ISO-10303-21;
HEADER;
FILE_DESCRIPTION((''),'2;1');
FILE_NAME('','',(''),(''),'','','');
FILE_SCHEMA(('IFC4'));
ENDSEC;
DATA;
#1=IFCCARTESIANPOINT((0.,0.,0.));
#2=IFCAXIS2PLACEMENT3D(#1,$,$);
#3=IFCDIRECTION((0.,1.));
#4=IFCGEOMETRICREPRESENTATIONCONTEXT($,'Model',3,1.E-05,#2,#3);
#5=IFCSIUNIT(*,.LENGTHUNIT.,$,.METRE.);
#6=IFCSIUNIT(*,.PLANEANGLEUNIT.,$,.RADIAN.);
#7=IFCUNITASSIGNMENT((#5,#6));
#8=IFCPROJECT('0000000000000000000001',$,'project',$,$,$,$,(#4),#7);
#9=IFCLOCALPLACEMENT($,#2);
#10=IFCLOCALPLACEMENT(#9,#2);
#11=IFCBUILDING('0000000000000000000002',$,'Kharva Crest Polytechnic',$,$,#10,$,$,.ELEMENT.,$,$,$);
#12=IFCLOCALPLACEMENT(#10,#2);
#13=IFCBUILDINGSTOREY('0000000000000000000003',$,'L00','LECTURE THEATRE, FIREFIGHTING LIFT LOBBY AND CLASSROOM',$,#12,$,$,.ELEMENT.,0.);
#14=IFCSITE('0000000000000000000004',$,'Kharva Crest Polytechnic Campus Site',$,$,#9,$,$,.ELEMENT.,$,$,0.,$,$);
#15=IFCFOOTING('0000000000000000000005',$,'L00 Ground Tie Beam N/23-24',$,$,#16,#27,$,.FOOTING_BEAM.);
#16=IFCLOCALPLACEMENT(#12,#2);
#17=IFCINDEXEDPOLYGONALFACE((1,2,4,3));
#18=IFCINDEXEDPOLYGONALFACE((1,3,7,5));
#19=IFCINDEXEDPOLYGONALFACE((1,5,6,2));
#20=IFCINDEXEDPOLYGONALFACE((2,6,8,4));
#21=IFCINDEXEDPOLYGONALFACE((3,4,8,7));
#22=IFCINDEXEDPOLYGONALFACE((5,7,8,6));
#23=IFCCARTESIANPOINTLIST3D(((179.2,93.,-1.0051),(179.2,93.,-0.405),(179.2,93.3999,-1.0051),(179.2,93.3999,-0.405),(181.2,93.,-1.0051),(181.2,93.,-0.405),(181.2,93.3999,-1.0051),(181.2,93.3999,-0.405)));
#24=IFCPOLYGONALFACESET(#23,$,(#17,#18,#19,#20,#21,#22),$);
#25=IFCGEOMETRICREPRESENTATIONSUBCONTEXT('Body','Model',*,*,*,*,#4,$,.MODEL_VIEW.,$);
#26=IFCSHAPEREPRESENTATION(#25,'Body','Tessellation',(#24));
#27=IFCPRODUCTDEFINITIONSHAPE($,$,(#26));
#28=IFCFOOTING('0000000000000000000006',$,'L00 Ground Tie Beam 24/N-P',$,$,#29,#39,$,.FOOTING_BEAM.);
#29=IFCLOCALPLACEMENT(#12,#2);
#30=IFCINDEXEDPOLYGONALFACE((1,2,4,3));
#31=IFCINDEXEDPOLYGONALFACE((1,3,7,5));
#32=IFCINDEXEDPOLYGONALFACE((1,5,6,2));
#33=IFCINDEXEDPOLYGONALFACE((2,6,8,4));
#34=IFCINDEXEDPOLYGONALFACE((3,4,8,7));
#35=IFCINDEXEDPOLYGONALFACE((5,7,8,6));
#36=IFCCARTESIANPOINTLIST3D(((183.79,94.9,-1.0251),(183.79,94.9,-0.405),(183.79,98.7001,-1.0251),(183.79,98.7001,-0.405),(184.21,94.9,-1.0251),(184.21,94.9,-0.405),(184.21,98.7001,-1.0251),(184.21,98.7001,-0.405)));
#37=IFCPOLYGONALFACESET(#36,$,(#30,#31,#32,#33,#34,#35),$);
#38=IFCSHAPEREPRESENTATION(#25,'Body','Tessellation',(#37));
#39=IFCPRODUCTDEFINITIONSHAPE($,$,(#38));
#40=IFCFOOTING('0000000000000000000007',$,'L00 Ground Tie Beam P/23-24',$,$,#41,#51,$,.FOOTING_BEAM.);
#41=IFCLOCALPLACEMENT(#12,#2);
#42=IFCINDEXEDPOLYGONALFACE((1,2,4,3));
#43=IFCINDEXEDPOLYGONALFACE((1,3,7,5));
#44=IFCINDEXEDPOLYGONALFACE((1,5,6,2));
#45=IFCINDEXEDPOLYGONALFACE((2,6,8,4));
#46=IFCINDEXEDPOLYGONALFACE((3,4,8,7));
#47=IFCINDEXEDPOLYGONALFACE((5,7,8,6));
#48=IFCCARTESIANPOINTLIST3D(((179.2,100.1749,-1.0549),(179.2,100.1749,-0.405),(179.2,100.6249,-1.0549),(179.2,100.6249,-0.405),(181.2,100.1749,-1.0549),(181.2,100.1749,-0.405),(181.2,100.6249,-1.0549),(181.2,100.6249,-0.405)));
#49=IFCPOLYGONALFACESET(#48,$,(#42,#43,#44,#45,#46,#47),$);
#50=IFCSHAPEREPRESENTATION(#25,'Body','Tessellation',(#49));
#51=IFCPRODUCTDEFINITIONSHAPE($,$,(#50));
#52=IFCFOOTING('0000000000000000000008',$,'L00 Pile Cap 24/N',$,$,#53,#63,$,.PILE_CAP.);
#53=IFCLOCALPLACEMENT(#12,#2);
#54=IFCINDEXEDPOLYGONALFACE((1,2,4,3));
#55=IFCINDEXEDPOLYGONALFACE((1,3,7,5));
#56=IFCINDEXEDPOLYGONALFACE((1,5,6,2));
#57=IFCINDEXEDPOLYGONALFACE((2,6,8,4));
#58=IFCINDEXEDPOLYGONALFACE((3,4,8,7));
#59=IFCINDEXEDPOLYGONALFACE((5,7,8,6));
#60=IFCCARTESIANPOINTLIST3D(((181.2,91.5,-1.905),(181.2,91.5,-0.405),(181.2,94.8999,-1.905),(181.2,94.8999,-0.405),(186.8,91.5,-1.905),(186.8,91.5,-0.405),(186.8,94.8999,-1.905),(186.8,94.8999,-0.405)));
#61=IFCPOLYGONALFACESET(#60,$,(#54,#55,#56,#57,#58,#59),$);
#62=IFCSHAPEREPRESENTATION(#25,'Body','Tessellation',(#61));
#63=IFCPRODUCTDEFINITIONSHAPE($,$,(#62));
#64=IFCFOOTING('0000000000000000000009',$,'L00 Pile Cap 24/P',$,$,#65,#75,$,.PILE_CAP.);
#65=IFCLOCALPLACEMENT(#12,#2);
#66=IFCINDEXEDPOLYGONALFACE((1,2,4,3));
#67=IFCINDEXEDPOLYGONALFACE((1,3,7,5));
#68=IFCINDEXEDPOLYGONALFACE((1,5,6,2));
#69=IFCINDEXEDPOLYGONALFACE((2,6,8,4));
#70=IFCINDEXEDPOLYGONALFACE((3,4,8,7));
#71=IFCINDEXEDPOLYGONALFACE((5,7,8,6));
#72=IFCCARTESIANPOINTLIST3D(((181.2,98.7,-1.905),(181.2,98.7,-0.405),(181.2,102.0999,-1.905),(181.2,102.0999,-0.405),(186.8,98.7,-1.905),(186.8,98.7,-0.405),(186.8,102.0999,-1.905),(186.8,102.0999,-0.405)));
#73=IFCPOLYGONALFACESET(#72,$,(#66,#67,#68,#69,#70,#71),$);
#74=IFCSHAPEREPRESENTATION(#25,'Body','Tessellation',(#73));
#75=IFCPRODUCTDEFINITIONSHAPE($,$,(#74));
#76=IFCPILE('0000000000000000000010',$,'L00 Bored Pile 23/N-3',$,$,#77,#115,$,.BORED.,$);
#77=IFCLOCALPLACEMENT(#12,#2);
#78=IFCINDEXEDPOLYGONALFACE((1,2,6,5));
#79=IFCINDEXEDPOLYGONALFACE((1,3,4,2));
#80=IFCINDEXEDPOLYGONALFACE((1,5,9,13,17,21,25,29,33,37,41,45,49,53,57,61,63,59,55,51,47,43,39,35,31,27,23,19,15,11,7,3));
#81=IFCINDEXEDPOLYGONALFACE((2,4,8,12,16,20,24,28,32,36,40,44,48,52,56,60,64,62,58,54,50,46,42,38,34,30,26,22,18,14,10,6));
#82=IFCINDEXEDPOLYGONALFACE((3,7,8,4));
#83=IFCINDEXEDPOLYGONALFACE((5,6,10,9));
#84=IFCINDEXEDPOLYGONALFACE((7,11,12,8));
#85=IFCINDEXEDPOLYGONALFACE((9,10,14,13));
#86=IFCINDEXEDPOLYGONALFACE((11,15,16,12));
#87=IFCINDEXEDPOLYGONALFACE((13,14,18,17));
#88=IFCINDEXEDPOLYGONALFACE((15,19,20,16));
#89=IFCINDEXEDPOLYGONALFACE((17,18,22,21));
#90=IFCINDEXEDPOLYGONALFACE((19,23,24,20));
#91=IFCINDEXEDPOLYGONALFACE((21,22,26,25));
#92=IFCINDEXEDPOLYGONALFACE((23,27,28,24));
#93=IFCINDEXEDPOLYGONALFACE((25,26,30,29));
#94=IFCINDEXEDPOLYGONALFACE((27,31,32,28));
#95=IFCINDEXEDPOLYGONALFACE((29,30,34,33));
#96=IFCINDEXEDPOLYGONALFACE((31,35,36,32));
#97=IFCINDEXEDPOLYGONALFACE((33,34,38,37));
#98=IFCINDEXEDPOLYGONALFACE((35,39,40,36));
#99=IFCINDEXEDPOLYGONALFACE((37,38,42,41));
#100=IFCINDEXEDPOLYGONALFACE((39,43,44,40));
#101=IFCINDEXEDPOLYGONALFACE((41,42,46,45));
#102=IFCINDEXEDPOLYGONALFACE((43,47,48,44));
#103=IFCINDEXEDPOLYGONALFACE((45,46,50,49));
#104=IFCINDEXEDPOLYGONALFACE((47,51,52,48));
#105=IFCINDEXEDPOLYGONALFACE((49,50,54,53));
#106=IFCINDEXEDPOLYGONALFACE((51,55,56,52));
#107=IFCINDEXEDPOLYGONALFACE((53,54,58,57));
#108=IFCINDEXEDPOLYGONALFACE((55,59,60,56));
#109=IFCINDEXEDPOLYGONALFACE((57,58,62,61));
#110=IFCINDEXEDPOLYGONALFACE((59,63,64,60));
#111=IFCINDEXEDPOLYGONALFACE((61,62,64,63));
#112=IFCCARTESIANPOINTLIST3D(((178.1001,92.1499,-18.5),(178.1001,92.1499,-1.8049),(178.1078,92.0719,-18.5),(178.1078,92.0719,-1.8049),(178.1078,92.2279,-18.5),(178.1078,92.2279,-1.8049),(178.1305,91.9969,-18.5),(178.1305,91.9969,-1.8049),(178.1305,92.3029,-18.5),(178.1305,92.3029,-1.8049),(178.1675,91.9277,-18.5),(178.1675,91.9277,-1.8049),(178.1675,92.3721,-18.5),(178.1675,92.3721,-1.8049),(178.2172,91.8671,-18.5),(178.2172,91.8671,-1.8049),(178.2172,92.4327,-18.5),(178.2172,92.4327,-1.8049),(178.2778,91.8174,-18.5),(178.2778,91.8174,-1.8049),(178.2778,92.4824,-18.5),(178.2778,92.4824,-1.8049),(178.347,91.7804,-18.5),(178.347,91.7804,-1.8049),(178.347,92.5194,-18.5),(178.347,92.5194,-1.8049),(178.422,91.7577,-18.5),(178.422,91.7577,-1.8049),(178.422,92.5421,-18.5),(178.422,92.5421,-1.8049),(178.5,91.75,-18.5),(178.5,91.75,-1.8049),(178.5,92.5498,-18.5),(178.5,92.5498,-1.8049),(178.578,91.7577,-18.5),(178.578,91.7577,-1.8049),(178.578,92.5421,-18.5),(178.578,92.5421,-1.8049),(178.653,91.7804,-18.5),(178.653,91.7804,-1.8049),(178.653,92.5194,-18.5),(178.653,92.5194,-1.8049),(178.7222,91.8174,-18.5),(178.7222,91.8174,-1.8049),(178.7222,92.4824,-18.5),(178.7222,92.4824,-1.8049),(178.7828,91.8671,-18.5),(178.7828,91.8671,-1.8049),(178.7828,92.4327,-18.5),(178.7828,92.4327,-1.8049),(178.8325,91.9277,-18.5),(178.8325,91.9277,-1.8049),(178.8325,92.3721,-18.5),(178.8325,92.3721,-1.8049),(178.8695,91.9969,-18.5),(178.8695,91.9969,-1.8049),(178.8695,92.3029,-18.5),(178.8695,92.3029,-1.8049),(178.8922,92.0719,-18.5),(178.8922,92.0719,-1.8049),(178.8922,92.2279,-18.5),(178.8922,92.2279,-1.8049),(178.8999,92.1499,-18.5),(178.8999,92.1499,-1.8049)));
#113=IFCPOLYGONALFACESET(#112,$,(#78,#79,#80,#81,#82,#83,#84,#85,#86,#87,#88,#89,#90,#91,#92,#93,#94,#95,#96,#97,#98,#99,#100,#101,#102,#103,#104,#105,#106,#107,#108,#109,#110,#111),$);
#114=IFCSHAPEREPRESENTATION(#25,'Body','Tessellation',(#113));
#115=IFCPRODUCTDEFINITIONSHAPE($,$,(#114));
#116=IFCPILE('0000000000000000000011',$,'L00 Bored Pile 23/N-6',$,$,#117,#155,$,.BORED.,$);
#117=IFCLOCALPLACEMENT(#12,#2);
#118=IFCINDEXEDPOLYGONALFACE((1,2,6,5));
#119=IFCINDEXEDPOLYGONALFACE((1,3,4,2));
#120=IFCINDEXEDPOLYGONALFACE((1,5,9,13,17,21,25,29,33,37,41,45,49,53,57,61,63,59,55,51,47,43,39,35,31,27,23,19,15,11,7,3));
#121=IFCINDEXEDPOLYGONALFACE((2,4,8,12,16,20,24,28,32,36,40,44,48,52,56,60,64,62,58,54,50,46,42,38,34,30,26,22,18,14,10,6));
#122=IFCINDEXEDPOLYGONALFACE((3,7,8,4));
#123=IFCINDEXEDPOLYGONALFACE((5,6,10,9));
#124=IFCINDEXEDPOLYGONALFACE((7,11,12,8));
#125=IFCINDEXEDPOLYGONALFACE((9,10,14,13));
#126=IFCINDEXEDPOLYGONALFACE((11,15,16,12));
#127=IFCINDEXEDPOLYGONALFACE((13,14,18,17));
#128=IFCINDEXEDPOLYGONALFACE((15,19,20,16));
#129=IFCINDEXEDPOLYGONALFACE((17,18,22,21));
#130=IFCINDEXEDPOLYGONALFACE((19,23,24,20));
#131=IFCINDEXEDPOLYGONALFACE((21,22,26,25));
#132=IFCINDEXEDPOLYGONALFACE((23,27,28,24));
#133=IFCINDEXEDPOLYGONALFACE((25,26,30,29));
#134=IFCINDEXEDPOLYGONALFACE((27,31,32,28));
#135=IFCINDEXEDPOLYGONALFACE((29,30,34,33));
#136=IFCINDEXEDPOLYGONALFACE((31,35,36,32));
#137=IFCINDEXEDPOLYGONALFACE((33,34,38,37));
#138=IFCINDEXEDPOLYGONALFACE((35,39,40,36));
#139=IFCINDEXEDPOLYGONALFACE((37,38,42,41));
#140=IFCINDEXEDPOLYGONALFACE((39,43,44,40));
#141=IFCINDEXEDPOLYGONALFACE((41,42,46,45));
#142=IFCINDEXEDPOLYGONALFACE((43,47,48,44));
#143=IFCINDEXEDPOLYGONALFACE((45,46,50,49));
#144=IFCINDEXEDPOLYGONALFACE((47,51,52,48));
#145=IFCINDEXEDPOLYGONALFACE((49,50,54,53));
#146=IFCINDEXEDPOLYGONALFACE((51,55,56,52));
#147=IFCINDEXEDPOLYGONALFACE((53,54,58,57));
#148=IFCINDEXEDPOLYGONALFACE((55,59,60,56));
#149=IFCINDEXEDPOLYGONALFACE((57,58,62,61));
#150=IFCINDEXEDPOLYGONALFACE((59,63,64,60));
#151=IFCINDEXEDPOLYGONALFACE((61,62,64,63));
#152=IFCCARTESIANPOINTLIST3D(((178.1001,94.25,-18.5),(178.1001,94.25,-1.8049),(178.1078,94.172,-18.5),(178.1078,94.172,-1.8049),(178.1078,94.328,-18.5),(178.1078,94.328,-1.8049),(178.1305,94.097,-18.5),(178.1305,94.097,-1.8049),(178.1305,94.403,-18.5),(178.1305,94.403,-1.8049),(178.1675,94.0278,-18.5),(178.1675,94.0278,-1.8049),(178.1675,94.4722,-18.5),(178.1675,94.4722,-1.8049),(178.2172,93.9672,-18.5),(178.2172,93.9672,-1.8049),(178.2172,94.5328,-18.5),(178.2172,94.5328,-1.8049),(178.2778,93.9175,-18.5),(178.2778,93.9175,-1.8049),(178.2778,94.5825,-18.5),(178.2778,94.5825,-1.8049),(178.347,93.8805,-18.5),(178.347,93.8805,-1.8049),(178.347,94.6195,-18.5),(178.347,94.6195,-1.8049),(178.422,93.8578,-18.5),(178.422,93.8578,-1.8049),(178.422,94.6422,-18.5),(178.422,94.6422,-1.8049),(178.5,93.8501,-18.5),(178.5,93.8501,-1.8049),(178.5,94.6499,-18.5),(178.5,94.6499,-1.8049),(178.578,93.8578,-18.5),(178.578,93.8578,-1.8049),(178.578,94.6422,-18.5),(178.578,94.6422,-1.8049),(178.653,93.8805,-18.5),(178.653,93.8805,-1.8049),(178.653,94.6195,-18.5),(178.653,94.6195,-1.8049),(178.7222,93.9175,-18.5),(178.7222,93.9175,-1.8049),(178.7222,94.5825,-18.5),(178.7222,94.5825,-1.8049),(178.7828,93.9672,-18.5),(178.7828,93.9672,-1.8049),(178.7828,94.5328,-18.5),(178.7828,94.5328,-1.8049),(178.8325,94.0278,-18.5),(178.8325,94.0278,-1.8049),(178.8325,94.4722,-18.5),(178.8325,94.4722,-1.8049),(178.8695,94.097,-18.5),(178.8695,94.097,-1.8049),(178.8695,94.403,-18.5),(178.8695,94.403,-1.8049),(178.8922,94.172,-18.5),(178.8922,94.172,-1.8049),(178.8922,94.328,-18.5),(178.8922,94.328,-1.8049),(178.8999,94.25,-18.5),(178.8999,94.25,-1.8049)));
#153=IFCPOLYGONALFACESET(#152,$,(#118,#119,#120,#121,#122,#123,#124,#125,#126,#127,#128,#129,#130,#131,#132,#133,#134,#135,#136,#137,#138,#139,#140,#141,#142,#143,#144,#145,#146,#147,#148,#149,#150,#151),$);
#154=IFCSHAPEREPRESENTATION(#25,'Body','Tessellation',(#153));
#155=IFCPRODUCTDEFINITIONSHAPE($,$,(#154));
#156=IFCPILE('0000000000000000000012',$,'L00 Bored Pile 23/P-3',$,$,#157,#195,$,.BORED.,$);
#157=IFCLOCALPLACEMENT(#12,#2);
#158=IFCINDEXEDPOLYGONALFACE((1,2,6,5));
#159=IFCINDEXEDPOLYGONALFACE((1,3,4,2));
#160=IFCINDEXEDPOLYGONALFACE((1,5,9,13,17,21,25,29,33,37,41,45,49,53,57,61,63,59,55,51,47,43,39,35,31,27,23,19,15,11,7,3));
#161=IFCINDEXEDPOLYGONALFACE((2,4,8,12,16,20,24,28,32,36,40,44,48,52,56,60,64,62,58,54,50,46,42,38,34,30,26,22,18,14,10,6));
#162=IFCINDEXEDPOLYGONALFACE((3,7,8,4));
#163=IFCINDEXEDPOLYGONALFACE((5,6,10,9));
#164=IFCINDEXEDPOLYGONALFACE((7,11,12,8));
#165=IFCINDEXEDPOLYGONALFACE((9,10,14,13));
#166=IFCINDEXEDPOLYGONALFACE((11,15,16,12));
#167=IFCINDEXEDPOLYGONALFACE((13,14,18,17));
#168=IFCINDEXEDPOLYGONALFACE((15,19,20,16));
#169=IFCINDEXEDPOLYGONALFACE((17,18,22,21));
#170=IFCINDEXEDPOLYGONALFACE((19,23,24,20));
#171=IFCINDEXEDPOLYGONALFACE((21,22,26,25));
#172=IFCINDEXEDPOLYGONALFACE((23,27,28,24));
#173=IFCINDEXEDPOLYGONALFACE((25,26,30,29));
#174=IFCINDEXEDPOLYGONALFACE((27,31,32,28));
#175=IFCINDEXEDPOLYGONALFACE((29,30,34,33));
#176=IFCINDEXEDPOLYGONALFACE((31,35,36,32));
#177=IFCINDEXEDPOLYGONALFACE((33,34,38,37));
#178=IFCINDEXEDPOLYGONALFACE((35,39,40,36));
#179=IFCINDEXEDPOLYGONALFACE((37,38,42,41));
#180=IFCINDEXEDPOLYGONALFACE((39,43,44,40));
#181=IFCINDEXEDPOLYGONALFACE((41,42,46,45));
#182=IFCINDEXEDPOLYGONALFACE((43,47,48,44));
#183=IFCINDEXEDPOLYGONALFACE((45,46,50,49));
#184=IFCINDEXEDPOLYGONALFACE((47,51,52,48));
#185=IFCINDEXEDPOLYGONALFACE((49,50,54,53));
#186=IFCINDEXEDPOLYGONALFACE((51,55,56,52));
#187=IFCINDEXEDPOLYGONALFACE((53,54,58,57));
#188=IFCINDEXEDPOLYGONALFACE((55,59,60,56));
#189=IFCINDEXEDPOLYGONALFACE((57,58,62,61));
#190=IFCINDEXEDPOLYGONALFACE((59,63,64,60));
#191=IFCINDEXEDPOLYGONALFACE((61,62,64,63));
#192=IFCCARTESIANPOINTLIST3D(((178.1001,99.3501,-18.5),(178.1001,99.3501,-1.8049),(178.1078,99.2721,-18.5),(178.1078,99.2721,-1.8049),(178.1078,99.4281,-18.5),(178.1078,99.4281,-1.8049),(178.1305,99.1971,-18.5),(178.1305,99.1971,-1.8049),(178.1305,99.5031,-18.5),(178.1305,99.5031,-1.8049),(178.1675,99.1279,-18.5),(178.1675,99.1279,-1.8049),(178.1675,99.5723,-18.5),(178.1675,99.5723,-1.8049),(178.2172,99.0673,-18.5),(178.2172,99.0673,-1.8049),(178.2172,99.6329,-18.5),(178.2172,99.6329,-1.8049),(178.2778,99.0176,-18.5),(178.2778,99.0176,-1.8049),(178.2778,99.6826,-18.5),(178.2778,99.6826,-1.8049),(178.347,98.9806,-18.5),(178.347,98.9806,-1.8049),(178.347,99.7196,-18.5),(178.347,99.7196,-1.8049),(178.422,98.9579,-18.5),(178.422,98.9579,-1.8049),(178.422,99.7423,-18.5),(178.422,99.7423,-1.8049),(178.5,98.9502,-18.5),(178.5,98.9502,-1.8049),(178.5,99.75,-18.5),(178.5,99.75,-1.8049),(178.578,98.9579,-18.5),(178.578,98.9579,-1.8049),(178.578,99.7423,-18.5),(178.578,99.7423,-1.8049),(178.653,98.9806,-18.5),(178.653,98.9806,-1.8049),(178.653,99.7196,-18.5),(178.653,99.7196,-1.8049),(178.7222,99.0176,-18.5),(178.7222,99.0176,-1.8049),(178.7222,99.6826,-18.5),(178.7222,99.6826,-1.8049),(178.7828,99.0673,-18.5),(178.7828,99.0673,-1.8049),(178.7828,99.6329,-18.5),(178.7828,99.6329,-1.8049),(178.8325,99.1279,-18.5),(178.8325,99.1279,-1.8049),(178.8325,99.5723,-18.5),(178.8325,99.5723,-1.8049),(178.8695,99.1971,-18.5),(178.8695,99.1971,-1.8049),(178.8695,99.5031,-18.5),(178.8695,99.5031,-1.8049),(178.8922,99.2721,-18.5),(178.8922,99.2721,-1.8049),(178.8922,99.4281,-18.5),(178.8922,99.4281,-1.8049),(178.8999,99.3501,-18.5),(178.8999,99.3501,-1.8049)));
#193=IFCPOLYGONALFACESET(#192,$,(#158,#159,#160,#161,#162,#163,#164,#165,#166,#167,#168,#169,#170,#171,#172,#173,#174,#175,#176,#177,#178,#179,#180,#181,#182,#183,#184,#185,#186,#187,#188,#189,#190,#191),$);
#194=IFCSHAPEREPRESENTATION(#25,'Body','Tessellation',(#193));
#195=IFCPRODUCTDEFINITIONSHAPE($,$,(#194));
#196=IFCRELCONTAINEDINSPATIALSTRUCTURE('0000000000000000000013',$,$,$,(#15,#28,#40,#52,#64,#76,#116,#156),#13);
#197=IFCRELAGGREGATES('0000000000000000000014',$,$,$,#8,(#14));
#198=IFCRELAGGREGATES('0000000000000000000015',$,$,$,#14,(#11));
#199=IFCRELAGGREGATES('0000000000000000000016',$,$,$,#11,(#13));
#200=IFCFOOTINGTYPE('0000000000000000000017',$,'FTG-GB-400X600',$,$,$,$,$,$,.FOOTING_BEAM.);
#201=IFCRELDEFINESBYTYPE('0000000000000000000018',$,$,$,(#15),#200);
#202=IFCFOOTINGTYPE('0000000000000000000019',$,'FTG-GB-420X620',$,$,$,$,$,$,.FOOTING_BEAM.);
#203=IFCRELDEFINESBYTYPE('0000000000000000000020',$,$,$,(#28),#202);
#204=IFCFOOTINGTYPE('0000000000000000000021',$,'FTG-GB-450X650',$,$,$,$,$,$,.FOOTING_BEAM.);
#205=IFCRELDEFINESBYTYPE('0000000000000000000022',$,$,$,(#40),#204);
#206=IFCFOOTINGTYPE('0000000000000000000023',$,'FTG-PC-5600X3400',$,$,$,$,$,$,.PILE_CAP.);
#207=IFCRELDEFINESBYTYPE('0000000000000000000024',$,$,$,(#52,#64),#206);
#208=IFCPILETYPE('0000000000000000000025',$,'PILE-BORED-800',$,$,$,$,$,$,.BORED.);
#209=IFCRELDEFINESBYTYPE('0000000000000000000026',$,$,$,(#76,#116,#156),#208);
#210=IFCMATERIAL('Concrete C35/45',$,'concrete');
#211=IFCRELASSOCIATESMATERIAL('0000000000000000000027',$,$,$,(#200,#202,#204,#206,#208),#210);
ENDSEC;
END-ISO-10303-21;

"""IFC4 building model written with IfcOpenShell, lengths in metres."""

from ifc_helpers import new_model, si_unit, direction, frame, origin, origin_2d, place, context, subcontext, project, spatial, rectangle, circle, extrude, material, material_profile, profile_set, type_object, element, save


model = new_model("IFC4")

# Units and contexts
model_context = context("Model", 3, precision=1e-05, world=origin(), true_north=direction((0.0, 1.0)))
body_context = subcontext(model_context, "Body", "Model", "MODEL_VIEW")
ifc_project = project(units=[si_unit("LENGTHUNIT", "METRE"), si_unit("PLANEANGLEUNIT", "RADIAN")], contexts=[model_context])

# Site, building, storey
site_placement = place(None, origin())
site = spatial("IfcSite", under=ifc_project, at=site_placement, Name="Kharva Crest Polytechnic Campus Site", CompositionType="ELEMENT", RefElevation=0.0)
building_placement = place(site_placement, origin())
building = spatial("IfcBuilding", under=site, at=building_placement, Name="Kharva Crest Polytechnic", CompositionType="ELEMENT")
storey_placement = place(building_placement, origin())
storey = spatial("IfcBuildingStorey", under=building, at=storey_placement, Name="L00", Description="LECTURE THEATRE, FIREFIGHTING LIFT LOBBY AND CLASSROOM", CompositionType="ELEMENT", Elevation=0.0)

# Footings
ifc_material_1 = material(Name="Concrete C35/45", Category="concrete")
footing_type_1 = type_object("IfcFootingType", Name="FTG-GB-400X600", PredefinedType="FOOTING_BEAM", material=ifc_material_1)
footing_1_placement = place(storey_placement, frame((180.2, 93.2, -1.0051), z_axis=(0.0, 0.0, 1.0), x_axis=(1.0, 0.0, 0.0)))
element("IfcFooting", 1, at=footing_1_placement, inside=storey, type_object=footing_type_1, Name="L00 Ground Tie Beam N/23-24", PredefinedType="FOOTING_BEAM", context=body_context, shape_type="SweptSolid", body=[
    extrude(rectangle(XDim=2.0, YDim=0.3999, at=origin_2d()), origin(), (0.0, 0.0, 1.0), 0.6001),
])
footing_type_2 = type_object("IfcFootingType", Name="FTG-GB-420X620", PredefinedType="FOOTING_BEAM", material=ifc_material_1)
footing_2_placement = place(storey_placement, frame((184.0, 96.8, -1.0251), z_axis=(0.0, 0.0, 1.0), x_axis=(0.0, 1.0, 0.0)))
element("IfcFooting", 2, at=footing_2_placement, inside=storey, type_object=footing_type_2, Name="L00 Ground Tie Beam 24/N-P", PredefinedType="FOOTING_BEAM", context=body_context, shape_type="SweptSolid", body=[
    extrude(rectangle(XDim=3.8, YDim=0.4199, at=origin_2d()), origin(), (0.0, 0.0, 1.0), 0.6201),
])
footing_type_3 = type_object("IfcFootingType", Name="FTG-GB-450X650", PredefinedType="FOOTING_BEAM", material=ifc_material_1)
footing_3_placement = place(storey_placement, frame((180.2, 100.3999, -1.0549), z_axis=(0.0, 0.0, 1.0), x_axis=(1.0, 0.0, 0.0)))
element("IfcFooting", 3, at=footing_3_placement, inside=storey, type_object=footing_type_3, Name="L00 Ground Tie Beam P/23-24", PredefinedType="FOOTING_BEAM", context=body_context, shape_type="SweptSolid", body=[
    extrude(rectangle(XDim=2.0, YDim=0.45, at=origin_2d()), origin(), (0.0, 0.0, 1.0), 0.6499),
])
footing_type_4 = type_object("IfcFootingType", Name="FTG-PC-5600X3400", PredefinedType="PILE_CAP", material=ifc_material_1)
for number, where, z_axis, x_axis, name in (
    (4, (184.0, 93.2, -1.905), (0.0, 0.0, 1.0), (1.0, 0.0, 0.0), "L00 Pile Cap 24/N"),
    (5, (184.0, 100.3999, -1.905), (0.0, 0.0, 1.0), (1.0, 0.0, 0.0), "L00 Pile Cap 24/P"),
):
    element("IfcFooting", number, at=place(storey_placement, frame(where, z_axis=z_axis, x_axis=x_axis)), inside=storey, type_object=footing_type_4, Name=name, PredefinedType="PILE_CAP", context=body_context, shape_type="SweptSolid", body=[
        extrude(rectangle(XDim=5.6001, YDim=3.3999, at=origin_2d()), origin(), (0.0, 0.0, 1.0), 1.5),
    ])

# Piles
ifc_material_profile_1 = material_profile(ifc_material_1, circle(Radius=0.3999, at=origin_2d()), Name="DIA 800")
ifc_profile_set_1 = profile_set([ifc_material_profile_1], Name="Concrete C35/45")
pile_type = type_object("IfcPileType", Name="PILE-BORED-800", PredefinedType="BORED", material=ifc_profile_set_1)
for number, where, z_axis, x_axis, name in (
    (6, (178.5, 92.1499, -1.8049), (0.0, 0.0, -1.0), (1.0, 0.0, 0.0), "L00 Bored Pile 23/N-3"),
    (7, (178.5, 94.25, -1.8049), (0.0, 0.0, -1.0), (1.0, 0.0, 0.0), "L00 Bored Pile 23/N-6"),
    (8, (178.5, 99.3501, -1.8049), (0.0, 0.0, -1.0), (1.0, 0.0, 0.0), "L00 Bored Pile 23/P-3"),
):
    element("IfcPile", number, at=place(storey_placement, frame(where, z_axis=z_axis, x_axis=x_axis)), inside=storey, type_object=pile_type, Name=name, PredefinedType="BORED", context=body_context, shape_type="SweptSolid", body=[
        extrude(circle(Radius=0.3999, at=origin_2d()), origin(), (0.0, 0.0, 1.0), 16.6951),
    ])

save(model, "model.ifc")
